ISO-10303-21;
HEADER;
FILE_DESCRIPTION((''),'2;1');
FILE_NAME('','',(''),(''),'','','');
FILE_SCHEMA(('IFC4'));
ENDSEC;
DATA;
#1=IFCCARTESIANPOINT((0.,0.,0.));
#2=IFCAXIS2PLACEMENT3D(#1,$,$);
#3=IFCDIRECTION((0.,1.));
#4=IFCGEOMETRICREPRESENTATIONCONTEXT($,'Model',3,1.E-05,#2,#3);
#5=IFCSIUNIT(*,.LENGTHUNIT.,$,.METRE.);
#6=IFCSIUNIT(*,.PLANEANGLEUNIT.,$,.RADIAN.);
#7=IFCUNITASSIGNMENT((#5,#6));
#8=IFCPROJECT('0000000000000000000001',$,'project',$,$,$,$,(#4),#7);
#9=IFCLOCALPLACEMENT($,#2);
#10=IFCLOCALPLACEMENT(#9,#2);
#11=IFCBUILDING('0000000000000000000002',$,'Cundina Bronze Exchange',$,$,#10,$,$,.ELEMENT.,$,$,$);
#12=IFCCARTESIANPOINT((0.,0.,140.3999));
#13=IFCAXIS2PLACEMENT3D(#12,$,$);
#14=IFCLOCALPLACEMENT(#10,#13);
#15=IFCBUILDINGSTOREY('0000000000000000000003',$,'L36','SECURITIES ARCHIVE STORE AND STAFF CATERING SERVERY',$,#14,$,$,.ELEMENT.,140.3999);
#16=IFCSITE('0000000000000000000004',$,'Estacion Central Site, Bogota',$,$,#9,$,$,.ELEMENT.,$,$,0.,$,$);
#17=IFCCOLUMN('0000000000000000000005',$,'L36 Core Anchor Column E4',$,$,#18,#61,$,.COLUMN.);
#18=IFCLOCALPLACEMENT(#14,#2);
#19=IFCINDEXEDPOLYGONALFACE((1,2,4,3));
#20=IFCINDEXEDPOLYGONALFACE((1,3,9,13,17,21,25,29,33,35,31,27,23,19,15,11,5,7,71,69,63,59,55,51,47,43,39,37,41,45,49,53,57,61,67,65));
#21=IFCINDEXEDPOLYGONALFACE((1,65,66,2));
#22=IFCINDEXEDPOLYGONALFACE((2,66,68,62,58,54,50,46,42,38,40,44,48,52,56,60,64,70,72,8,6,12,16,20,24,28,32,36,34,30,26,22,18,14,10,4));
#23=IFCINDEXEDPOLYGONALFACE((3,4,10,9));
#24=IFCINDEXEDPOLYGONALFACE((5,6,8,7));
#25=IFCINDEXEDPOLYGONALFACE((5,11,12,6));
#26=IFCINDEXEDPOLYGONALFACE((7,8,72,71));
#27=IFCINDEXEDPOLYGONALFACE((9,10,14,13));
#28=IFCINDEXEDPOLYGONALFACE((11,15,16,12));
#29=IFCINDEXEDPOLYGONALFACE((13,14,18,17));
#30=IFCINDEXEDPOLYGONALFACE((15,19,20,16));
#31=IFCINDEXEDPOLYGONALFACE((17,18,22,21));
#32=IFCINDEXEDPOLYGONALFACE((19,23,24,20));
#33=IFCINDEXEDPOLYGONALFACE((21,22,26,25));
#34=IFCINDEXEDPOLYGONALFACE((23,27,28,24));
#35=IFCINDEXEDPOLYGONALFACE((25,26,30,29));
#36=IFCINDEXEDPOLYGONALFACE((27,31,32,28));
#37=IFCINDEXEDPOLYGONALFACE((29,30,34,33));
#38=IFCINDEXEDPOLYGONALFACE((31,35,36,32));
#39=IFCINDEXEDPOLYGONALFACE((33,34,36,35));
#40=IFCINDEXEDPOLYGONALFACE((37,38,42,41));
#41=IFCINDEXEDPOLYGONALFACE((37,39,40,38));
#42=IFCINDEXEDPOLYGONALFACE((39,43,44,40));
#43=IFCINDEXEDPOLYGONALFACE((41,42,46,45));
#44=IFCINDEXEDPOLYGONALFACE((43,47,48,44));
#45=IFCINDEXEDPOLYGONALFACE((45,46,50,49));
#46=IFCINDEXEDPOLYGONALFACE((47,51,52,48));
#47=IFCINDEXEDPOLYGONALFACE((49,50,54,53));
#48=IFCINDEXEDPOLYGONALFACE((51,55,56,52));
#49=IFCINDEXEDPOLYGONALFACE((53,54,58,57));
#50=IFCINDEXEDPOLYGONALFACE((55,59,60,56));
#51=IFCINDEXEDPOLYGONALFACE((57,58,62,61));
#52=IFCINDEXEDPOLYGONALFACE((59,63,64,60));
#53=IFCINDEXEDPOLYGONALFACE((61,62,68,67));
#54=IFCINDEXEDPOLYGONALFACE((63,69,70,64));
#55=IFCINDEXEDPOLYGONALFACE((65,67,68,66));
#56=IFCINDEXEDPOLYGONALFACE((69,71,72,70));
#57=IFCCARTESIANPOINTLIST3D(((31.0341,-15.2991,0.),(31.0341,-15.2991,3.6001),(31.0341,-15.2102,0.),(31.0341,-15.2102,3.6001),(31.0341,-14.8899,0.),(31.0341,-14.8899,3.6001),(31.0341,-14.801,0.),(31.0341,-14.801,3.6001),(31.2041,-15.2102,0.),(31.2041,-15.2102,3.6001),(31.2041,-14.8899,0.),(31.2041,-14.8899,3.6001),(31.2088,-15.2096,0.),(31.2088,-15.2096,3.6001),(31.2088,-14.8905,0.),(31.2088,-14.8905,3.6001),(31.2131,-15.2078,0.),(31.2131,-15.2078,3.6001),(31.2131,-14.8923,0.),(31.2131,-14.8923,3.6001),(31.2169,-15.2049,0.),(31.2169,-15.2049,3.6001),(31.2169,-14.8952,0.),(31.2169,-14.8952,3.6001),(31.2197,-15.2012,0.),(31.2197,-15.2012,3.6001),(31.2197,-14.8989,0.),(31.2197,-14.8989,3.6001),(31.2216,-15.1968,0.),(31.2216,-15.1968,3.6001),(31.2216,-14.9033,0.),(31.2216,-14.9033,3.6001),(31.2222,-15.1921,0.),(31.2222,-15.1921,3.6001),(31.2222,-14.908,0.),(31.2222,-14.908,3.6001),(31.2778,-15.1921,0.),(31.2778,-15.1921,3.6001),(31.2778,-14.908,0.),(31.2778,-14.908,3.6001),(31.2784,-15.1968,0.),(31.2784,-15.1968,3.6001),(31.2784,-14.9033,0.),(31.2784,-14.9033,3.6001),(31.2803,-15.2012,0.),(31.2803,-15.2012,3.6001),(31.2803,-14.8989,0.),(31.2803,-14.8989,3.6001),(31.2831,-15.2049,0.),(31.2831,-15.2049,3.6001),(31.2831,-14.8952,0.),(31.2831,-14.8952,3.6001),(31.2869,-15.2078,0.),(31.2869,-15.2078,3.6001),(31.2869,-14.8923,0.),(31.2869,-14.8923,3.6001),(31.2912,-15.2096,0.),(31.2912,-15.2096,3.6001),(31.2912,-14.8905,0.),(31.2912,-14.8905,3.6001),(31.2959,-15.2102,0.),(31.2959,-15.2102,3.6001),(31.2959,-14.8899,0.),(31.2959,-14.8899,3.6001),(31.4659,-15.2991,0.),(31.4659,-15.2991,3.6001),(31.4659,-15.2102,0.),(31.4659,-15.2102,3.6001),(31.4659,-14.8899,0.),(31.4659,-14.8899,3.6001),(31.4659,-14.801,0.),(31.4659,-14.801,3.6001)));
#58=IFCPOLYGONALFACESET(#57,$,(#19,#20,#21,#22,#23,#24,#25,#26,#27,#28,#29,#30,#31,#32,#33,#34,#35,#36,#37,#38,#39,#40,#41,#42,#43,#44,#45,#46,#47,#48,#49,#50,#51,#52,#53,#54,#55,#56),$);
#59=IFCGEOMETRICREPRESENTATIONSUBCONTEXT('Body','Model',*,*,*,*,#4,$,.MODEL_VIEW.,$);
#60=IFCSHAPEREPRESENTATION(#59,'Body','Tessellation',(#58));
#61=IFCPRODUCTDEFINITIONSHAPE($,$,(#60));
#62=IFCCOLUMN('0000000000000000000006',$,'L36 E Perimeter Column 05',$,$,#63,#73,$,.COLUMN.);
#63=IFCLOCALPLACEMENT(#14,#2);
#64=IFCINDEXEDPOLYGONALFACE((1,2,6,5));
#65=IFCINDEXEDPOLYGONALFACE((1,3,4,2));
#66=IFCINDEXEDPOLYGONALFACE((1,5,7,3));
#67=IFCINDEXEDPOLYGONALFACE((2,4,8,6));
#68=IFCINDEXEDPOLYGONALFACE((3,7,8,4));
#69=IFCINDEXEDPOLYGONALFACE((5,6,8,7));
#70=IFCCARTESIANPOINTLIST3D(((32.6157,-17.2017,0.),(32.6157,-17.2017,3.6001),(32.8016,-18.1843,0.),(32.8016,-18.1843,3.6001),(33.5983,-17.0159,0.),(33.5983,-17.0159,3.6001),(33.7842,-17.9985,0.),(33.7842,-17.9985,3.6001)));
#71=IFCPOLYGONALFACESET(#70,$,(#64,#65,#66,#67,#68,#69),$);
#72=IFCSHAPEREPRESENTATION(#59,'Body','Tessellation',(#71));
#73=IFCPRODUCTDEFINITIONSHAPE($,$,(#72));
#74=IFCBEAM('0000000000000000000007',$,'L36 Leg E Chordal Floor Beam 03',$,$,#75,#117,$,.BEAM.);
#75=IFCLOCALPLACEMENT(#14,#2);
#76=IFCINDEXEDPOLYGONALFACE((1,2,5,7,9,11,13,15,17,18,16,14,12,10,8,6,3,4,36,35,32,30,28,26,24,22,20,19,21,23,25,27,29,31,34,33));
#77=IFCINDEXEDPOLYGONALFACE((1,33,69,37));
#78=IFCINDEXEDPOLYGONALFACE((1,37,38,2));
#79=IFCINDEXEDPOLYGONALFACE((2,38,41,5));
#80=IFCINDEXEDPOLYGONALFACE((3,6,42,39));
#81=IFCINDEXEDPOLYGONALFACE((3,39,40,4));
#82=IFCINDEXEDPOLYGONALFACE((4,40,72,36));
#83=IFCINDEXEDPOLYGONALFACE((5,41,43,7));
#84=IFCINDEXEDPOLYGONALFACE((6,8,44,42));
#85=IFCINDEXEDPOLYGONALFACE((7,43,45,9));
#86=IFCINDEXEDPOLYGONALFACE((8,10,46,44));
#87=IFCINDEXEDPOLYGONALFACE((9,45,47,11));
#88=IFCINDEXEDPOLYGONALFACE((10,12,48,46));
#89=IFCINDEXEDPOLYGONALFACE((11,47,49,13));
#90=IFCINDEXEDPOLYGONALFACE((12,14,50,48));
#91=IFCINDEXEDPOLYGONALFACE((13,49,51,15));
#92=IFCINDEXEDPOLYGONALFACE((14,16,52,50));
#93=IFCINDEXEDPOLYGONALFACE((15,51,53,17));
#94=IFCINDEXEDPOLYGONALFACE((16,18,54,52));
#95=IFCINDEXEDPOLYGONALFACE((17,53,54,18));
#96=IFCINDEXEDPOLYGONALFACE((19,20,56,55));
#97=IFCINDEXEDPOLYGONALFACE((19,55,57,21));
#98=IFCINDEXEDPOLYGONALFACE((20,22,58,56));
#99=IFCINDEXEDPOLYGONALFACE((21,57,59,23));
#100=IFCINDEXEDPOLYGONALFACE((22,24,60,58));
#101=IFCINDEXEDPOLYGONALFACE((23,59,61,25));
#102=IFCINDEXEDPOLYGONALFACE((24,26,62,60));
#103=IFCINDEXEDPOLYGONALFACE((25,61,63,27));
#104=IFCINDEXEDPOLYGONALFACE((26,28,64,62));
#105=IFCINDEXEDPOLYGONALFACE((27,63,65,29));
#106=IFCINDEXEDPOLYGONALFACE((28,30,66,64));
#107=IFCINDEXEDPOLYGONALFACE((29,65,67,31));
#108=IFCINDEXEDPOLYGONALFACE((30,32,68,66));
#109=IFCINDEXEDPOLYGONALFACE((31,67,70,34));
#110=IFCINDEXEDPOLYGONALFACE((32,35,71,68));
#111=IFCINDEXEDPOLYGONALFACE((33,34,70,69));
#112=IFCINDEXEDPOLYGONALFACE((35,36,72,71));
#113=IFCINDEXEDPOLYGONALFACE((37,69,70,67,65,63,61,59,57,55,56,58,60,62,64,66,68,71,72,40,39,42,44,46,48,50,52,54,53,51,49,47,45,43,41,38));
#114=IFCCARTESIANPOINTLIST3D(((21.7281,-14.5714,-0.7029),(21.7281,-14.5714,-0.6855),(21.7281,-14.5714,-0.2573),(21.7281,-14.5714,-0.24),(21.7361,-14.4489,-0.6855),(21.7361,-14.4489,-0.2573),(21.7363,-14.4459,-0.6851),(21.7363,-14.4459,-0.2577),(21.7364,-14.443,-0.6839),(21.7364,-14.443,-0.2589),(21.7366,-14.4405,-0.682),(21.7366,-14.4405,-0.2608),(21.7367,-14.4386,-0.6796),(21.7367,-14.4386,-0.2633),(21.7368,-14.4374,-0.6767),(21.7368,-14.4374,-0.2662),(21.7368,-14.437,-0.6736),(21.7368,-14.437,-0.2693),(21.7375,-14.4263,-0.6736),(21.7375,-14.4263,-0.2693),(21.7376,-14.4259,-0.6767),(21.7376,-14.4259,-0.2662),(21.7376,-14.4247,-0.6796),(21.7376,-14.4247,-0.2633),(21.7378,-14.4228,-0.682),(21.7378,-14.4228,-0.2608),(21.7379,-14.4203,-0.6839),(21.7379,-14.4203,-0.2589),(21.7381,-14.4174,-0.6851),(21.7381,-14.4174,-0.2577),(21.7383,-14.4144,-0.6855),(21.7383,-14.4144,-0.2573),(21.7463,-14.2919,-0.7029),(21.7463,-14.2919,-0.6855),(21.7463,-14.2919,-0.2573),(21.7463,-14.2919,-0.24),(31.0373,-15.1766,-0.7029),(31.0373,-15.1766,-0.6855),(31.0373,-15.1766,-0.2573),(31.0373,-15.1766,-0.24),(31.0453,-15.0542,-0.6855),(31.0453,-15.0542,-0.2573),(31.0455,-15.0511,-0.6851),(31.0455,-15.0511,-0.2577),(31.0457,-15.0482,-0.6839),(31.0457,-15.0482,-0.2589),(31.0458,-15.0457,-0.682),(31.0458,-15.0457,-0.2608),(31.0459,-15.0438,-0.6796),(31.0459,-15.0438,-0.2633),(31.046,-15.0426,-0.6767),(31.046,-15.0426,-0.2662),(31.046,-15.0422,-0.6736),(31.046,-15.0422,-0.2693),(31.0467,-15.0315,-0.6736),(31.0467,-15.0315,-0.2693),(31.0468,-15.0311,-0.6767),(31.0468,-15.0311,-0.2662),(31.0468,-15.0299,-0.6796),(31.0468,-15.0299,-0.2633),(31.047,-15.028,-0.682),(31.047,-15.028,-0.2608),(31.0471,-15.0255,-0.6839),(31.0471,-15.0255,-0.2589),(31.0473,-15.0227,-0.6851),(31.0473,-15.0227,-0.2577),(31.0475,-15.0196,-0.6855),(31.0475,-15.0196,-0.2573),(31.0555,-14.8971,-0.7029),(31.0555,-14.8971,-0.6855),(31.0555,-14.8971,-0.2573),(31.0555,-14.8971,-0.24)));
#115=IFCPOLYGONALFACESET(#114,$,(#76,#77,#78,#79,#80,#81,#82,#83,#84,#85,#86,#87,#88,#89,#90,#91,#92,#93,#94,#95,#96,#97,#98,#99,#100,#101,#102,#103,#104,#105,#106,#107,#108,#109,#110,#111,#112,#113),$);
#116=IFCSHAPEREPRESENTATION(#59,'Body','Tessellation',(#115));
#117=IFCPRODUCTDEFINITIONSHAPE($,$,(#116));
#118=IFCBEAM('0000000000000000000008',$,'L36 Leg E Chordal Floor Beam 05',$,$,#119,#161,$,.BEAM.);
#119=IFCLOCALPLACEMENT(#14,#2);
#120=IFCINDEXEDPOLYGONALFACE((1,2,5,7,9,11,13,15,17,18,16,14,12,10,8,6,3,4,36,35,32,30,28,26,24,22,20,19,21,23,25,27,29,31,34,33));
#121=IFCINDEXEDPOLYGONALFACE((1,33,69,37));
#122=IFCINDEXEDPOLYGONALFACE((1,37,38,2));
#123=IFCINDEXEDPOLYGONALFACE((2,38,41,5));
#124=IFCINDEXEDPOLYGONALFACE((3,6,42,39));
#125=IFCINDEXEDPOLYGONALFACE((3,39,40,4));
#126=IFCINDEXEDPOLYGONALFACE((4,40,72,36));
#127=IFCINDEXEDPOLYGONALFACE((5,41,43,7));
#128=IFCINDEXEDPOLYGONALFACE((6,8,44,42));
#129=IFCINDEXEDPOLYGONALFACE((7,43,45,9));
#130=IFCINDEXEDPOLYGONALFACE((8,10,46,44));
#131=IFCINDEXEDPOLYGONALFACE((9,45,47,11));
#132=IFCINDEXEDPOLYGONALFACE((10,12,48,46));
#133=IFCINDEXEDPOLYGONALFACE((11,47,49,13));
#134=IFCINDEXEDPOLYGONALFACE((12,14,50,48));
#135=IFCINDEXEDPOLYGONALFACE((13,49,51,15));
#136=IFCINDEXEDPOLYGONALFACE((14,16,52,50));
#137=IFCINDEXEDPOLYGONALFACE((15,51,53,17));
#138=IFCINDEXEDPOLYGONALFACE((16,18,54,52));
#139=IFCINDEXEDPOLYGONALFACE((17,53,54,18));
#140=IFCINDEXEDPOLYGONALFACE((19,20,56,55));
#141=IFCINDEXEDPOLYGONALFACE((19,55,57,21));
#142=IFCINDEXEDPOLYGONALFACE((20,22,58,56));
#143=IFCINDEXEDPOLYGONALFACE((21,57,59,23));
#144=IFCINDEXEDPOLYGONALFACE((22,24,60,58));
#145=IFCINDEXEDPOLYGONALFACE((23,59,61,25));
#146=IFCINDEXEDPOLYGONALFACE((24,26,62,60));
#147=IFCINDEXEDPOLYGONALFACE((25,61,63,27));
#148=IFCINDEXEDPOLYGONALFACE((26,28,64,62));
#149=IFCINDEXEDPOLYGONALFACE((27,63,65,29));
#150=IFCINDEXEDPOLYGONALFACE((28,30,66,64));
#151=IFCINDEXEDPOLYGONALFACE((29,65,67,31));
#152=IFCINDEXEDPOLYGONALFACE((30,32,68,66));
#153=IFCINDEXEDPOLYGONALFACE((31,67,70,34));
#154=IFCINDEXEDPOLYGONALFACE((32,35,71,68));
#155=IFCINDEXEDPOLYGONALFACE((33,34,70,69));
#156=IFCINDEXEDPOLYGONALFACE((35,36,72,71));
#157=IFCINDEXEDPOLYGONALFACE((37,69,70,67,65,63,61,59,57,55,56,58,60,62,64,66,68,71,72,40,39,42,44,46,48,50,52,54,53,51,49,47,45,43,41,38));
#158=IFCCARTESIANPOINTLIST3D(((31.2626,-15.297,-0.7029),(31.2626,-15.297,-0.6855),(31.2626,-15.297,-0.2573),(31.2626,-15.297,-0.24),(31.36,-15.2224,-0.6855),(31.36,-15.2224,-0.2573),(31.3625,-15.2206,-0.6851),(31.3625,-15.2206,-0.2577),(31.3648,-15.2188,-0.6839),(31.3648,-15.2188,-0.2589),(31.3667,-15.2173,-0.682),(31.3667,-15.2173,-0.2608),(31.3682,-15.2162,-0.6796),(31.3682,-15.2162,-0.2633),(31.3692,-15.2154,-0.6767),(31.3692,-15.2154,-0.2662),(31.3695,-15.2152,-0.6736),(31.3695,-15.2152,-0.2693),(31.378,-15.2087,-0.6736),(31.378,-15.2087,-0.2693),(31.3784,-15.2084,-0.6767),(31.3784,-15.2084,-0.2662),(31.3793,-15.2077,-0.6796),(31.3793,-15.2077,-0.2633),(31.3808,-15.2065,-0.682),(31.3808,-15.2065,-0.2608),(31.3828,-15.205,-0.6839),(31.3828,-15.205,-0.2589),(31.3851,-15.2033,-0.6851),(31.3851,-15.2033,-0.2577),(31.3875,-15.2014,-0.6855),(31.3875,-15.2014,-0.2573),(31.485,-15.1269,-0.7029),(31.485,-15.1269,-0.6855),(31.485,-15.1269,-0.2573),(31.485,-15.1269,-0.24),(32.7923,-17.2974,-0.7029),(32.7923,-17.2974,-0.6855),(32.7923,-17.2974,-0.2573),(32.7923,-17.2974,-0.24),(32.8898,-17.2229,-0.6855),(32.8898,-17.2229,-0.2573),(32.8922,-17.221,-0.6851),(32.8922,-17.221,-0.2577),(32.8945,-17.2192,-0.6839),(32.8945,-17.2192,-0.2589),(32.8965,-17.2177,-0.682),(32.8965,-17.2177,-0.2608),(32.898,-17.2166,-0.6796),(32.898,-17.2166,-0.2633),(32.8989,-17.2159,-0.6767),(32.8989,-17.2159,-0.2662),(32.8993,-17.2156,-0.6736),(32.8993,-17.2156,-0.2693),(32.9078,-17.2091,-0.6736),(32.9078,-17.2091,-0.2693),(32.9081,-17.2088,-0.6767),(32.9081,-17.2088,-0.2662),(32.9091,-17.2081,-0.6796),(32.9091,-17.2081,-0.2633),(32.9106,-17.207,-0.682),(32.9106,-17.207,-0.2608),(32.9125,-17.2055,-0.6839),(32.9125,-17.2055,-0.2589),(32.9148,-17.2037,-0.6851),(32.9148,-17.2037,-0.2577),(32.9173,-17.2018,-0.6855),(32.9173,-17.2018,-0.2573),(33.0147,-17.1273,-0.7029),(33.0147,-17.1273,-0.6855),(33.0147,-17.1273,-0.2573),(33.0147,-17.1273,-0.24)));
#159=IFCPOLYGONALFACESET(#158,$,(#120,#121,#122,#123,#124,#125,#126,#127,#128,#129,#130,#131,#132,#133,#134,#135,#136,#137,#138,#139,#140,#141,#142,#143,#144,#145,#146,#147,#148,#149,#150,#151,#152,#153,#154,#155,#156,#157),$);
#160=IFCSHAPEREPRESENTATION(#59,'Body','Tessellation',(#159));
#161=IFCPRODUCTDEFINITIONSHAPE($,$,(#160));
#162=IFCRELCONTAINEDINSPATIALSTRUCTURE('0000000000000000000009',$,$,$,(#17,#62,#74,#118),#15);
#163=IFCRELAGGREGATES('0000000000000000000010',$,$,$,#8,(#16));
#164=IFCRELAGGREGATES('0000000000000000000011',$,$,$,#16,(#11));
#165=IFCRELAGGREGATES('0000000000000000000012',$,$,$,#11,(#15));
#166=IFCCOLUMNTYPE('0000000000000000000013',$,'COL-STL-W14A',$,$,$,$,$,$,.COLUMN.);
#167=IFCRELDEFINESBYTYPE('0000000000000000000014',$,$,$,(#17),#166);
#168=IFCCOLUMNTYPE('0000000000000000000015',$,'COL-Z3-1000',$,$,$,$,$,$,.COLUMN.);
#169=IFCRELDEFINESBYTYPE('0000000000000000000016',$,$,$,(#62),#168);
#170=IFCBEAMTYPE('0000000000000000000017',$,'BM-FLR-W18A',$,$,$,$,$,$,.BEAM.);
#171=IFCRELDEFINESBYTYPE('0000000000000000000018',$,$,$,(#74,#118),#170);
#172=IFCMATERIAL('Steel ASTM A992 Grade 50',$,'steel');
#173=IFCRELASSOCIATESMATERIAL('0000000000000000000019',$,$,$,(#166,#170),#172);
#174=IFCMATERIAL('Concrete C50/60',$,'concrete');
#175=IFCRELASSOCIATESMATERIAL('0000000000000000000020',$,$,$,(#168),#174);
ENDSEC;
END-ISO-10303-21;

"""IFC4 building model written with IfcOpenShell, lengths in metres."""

from ifc_helpers import new_model, si_unit, direction, frame, origin, origin_2d, place, context, subcontext, project, spatial, rectangle, i_section, extrude, material, material_profile, profile_set, type_object, element, save


model = new_model("IFC4")

# Units and contexts
model_context = context("Model", 3, precision=1e-05, world=origin(), true_north=direction((0.0, 1.0)))
body_context = subcontext(model_context, "Body", "Model", "MODEL_VIEW")
ifc_project = project(units=[si_unit("LENGTHUNIT", "METRE"), si_unit("PLANEANGLEUNIT", "RADIAN")], contexts=[model_context])

# Site, building, storey
site_placement = place(None, origin())
site = spatial("IfcSite", under=ifc_project, at=site_placement, Name="Estacion Central Site, Bogota", CompositionType="ELEMENT", RefElevation=0.0)
building_placement = place(site_placement, origin())
building = spatial("IfcBuilding", under=site, at=building_placement, Name="Cundina Bronze Exchange", CompositionType="ELEMENT")
storey_placement = place(building_placement, frame((0.0, 0.0, 140.3999)))
storey = spatial("IfcBuildingStorey", under=building, at=storey_placement, Name="L36", Description="SECURITIES ARCHIVE STORE AND STAFF CATERING SERVERY", CompositionType="ELEMENT", Elevation=140.3999)

# Columns
ifc_material_1 = material(Name="Steel ASTM A992 Grade 50", Category="steel")
ifc_material_profile_1 = material_profile(ifc_material_1, i_section(OverallWidth=0.4319, OverallDepth=0.498, WebThickness=0.0557, FlangeThickness=0.0889, FilletRadius=0.0181, at=origin_2d()), Name="W14X500", Category="steel")
ifc_profile_set_1 = profile_set([ifc_material_profile_1], Name="Steel ASTM A992 Grade 50")
column_type_1 = type_object("IfcColumnType", Name="COL-STL-W14A", PredefinedType="COLUMN", material=ifc_profile_set_1)
column_1_placement = place(storey_placement, frame((31.25, -15.05, 0.0), z_axis=(0.0, 0.0, 1.0), x_axis=(1.0, 0.0, 0.0)))
element("IfcColumn", 1, at=column_1_placement, inside=storey, type_object=column_type_1, Name="L36 Core Anchor Column E4", PredefinedType="COLUMN", context=body_context, shape_type="SweptSolid", body=[
    extrude(i_section(OverallWidth=0.4319, OverallDepth=0.498, WebThickness=0.0557, FlangeThickness=0.0889, FilletRadius=0.0181, at=origin_2d()), origin(), (0.0, 0.0, 1.0), 3.6001),
])
ifc_material_2 = material(Name="Concrete C50/60", Category="concrete")
ifc_material_profile_2 = material_profile(ifc_material_2, rectangle(XDim=1.0, YDim=1.0, at=origin_2d()), Name="RC1000X1000", Category="concrete")
ifc_profile_set_2 = profile_set([ifc_material_profile_2], Name="Concrete C50/60")
column_type_2 = type_object("IfcColumnType", Name="COL-Z3-1000", PredefinedType="COLUMN", material=ifc_profile_set_2)
column_2_placement = place(storey_placement, frame((33.2, -17.6001, 0.0), z_axis=(0.0, 0.0, 1.0), x_axis=(0.98258, 0.185838, 0.0)))
element("IfcColumn", 2, at=column_2_placement, inside=storey, type_object=column_type_2, Name="L36 E Perimeter Column 05", PredefinedType="COLUMN", context=body_context, shape_type="SweptSolid", body=[
    extrude(rectangle(XDim=1.0, YDim=1.0, at=origin_2d()), origin(), (0.0, 0.0, 1.0), 3.6001),
])

# Beams
ifc_material_profile_3 = material_profile(ifc_material_1, i_section(OverallWidth=0.28, OverallDepth=0.4629, WebThickness=0.0107, FlangeThickness=0.0173, FilletRadius=0.012, at=origin_2d()), Name="W18X76", Category="steel")
ifc_profile_set_3 = profile_set([ifc_material_profile_3], Name="Steel ASTM A992 Grade 50")
beam_type_1 = type_object("IfcBeamType", Name="BM-FLR-W18A", PredefinedType="BEAM", material=ifc_profile_set_3)
beam_1_placement = place(storey_placement, frame((31.0464, -15.0369, -0.4714), z_axis=(-0.997893, 0.064876, 0.0), x_axis=(-0.064876, -0.997893, 0.0)))
element("IfcBeam", 3, at=beam_1_placement, inside=storey, type_object=beam_type_1, Name="L36 Leg E Chordal Floor Beam 03", PredefinedType="BEAM", context=body_context, shape_type="SweptSolid", body=[
    extrude(i_section(OverallWidth=0.28, OverallDepth=0.4629, WebThickness=0.0107, FlangeThickness=0.0173, FilletRadius=0.012, at=origin_2d()), origin(), (0.0, 0.0, 1.0), 9.3289),
])
beam_2_placement = place(storey_placement, frame((31.3738, -15.2119, -0.4714), z_axis=(0.60745, -0.794358, 0.0), x_axis=(0.794358, 0.60745, 0.0)))
element("IfcBeam", 4, at=beam_2_placement, inside=storey, type_object=beam_type_1, Name="L36 Leg E Chordal Floor Beam 05", PredefinedType="BEAM", context=body_context, shape_type="SweptSolid", body=[
    extrude(i_section(OverallWidth=0.28, OverallDepth=0.4629, WebThickness=0.0107, FlangeThickness=0.0173, FilletRadius=0.012, at=origin_2d()), origin(), (0.0, 0.0, 1.0), 2.5183),
])

save(model, "model.ifc")
